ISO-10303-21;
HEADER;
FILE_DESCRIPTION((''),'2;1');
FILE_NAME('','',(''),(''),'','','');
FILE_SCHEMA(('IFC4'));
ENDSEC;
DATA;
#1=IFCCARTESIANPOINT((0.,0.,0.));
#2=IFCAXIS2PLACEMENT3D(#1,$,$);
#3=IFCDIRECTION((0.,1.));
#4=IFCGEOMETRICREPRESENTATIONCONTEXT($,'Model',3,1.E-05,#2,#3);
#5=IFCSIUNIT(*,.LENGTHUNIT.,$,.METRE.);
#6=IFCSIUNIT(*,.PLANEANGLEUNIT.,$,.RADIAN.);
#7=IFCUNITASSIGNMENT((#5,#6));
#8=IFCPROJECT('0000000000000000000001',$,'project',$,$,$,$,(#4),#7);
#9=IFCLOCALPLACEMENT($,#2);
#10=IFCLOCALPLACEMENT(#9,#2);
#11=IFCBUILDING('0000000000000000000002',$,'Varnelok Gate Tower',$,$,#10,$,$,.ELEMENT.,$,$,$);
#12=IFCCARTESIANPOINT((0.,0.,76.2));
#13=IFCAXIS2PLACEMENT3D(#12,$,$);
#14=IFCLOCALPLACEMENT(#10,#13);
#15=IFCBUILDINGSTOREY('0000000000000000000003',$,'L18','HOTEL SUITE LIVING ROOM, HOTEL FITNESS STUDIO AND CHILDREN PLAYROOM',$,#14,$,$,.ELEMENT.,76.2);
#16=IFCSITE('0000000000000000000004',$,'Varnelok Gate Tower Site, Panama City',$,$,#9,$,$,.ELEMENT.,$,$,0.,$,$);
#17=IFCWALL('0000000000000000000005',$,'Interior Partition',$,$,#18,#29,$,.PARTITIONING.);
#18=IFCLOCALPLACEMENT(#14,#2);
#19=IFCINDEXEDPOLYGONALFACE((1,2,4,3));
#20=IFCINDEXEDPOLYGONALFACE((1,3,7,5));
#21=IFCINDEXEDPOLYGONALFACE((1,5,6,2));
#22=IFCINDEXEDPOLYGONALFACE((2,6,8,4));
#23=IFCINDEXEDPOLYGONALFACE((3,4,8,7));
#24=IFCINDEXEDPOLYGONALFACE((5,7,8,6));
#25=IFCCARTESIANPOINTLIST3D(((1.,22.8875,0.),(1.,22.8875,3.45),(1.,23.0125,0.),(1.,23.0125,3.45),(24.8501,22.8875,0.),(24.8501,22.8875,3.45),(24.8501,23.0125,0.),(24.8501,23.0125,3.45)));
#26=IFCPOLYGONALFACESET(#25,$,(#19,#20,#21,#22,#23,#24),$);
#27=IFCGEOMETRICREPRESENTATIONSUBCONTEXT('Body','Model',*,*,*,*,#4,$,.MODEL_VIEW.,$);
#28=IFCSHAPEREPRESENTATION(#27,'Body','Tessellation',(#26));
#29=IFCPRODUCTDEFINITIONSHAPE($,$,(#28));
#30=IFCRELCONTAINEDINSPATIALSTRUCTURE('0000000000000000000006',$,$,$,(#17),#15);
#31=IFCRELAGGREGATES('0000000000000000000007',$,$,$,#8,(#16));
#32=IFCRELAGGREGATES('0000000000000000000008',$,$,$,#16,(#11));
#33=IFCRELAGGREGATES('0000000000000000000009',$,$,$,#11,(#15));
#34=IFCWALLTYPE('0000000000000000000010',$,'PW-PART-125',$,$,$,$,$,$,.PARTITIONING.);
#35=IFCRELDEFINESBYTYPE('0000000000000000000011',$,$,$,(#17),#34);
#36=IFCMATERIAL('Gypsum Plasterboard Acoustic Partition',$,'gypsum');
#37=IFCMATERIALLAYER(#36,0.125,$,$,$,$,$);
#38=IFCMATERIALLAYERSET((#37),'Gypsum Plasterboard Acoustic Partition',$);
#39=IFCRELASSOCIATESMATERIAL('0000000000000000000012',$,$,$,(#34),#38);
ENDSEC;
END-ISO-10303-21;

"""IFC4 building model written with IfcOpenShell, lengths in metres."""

from ifc_helpers import new_model, si_unit, direction, frame, frame_2d, origin, place, context, subcontext, project, spatial, rectangle, extrude, material, layer, layer_set, type_object, element, save


model = new_model("IFC4")

# Units and contexts
model_context = context("Model", 3, precision=1e-05, world=origin(), true_north=direction((0.0, 1.0)))
body_context = subcontext(model_context, "Body", "Model", "MODEL_VIEW")
ifc_project = project(units=[si_unit("LENGTHUNIT", "METRE"), si_unit("PLANEANGLEUNIT", "RADIAN")], contexts=[model_context])

# Site, building, storey
site_placement = place(None, origin())
site = spatial("IfcSite", under=ifc_project, at=site_placement, Name="Varnelok Gate Tower Site, Panama City", CompositionType="ELEMENT", RefElevation=0.0)
building_placement = place(site_placement, origin())
building = spatial("IfcBuilding", under=site, at=building_placement, Name="Varnelok Gate Tower", CompositionType="ELEMENT")
storey_placement = place(building_placement, frame((0.0, 0.0, 76.2)))
storey = spatial("IfcBuildingStorey", under=building, at=storey_placement, Name="L18", Description="HOTEL SUITE LIVING ROOM, HOTEL FITNESS STUDIO AND CHILDREN PLAYROOM", CompositionType="ELEMENT", Elevation=76.2)

# Shared definitions
ifc_material_1 = material(Name="Gypsum Plasterboard Acoustic Partition", Category="gypsum")

# Wall
ifc_layer_1 = layer(ifc_material_1, 0.125)
ifc_layer_set_1 = layer_set([ifc_layer_1], Name="Gypsum Plasterboard Acoustic Partition")
wall_type_1 = type_object("IfcWallType", Name="PW-PART-125", PredefinedType="PARTITIONING", material=ifc_layer_set_1)
wall_1_placement = place(storey_placement, frame((1.0, 22.95, 0.0), z_axis=(0.0, 0.0, 1.0), x_axis=(1.0, 0.0, 0.0)))
element("IfcWall", 1, at=wall_1_placement, inside=storey, type_object=wall_type_1, Name="Interior Partition", PredefinedType="PARTITIONING", context=body_context, shape_type="SweptSolid", body=[
    extrude(rectangle(XDim=23.8501, YDim=0.125, at=frame_2d((11.925, 0.0))), origin(), (0.0, 0.0, 1.0), 3.45),
])

save(model, "model.ifc")
